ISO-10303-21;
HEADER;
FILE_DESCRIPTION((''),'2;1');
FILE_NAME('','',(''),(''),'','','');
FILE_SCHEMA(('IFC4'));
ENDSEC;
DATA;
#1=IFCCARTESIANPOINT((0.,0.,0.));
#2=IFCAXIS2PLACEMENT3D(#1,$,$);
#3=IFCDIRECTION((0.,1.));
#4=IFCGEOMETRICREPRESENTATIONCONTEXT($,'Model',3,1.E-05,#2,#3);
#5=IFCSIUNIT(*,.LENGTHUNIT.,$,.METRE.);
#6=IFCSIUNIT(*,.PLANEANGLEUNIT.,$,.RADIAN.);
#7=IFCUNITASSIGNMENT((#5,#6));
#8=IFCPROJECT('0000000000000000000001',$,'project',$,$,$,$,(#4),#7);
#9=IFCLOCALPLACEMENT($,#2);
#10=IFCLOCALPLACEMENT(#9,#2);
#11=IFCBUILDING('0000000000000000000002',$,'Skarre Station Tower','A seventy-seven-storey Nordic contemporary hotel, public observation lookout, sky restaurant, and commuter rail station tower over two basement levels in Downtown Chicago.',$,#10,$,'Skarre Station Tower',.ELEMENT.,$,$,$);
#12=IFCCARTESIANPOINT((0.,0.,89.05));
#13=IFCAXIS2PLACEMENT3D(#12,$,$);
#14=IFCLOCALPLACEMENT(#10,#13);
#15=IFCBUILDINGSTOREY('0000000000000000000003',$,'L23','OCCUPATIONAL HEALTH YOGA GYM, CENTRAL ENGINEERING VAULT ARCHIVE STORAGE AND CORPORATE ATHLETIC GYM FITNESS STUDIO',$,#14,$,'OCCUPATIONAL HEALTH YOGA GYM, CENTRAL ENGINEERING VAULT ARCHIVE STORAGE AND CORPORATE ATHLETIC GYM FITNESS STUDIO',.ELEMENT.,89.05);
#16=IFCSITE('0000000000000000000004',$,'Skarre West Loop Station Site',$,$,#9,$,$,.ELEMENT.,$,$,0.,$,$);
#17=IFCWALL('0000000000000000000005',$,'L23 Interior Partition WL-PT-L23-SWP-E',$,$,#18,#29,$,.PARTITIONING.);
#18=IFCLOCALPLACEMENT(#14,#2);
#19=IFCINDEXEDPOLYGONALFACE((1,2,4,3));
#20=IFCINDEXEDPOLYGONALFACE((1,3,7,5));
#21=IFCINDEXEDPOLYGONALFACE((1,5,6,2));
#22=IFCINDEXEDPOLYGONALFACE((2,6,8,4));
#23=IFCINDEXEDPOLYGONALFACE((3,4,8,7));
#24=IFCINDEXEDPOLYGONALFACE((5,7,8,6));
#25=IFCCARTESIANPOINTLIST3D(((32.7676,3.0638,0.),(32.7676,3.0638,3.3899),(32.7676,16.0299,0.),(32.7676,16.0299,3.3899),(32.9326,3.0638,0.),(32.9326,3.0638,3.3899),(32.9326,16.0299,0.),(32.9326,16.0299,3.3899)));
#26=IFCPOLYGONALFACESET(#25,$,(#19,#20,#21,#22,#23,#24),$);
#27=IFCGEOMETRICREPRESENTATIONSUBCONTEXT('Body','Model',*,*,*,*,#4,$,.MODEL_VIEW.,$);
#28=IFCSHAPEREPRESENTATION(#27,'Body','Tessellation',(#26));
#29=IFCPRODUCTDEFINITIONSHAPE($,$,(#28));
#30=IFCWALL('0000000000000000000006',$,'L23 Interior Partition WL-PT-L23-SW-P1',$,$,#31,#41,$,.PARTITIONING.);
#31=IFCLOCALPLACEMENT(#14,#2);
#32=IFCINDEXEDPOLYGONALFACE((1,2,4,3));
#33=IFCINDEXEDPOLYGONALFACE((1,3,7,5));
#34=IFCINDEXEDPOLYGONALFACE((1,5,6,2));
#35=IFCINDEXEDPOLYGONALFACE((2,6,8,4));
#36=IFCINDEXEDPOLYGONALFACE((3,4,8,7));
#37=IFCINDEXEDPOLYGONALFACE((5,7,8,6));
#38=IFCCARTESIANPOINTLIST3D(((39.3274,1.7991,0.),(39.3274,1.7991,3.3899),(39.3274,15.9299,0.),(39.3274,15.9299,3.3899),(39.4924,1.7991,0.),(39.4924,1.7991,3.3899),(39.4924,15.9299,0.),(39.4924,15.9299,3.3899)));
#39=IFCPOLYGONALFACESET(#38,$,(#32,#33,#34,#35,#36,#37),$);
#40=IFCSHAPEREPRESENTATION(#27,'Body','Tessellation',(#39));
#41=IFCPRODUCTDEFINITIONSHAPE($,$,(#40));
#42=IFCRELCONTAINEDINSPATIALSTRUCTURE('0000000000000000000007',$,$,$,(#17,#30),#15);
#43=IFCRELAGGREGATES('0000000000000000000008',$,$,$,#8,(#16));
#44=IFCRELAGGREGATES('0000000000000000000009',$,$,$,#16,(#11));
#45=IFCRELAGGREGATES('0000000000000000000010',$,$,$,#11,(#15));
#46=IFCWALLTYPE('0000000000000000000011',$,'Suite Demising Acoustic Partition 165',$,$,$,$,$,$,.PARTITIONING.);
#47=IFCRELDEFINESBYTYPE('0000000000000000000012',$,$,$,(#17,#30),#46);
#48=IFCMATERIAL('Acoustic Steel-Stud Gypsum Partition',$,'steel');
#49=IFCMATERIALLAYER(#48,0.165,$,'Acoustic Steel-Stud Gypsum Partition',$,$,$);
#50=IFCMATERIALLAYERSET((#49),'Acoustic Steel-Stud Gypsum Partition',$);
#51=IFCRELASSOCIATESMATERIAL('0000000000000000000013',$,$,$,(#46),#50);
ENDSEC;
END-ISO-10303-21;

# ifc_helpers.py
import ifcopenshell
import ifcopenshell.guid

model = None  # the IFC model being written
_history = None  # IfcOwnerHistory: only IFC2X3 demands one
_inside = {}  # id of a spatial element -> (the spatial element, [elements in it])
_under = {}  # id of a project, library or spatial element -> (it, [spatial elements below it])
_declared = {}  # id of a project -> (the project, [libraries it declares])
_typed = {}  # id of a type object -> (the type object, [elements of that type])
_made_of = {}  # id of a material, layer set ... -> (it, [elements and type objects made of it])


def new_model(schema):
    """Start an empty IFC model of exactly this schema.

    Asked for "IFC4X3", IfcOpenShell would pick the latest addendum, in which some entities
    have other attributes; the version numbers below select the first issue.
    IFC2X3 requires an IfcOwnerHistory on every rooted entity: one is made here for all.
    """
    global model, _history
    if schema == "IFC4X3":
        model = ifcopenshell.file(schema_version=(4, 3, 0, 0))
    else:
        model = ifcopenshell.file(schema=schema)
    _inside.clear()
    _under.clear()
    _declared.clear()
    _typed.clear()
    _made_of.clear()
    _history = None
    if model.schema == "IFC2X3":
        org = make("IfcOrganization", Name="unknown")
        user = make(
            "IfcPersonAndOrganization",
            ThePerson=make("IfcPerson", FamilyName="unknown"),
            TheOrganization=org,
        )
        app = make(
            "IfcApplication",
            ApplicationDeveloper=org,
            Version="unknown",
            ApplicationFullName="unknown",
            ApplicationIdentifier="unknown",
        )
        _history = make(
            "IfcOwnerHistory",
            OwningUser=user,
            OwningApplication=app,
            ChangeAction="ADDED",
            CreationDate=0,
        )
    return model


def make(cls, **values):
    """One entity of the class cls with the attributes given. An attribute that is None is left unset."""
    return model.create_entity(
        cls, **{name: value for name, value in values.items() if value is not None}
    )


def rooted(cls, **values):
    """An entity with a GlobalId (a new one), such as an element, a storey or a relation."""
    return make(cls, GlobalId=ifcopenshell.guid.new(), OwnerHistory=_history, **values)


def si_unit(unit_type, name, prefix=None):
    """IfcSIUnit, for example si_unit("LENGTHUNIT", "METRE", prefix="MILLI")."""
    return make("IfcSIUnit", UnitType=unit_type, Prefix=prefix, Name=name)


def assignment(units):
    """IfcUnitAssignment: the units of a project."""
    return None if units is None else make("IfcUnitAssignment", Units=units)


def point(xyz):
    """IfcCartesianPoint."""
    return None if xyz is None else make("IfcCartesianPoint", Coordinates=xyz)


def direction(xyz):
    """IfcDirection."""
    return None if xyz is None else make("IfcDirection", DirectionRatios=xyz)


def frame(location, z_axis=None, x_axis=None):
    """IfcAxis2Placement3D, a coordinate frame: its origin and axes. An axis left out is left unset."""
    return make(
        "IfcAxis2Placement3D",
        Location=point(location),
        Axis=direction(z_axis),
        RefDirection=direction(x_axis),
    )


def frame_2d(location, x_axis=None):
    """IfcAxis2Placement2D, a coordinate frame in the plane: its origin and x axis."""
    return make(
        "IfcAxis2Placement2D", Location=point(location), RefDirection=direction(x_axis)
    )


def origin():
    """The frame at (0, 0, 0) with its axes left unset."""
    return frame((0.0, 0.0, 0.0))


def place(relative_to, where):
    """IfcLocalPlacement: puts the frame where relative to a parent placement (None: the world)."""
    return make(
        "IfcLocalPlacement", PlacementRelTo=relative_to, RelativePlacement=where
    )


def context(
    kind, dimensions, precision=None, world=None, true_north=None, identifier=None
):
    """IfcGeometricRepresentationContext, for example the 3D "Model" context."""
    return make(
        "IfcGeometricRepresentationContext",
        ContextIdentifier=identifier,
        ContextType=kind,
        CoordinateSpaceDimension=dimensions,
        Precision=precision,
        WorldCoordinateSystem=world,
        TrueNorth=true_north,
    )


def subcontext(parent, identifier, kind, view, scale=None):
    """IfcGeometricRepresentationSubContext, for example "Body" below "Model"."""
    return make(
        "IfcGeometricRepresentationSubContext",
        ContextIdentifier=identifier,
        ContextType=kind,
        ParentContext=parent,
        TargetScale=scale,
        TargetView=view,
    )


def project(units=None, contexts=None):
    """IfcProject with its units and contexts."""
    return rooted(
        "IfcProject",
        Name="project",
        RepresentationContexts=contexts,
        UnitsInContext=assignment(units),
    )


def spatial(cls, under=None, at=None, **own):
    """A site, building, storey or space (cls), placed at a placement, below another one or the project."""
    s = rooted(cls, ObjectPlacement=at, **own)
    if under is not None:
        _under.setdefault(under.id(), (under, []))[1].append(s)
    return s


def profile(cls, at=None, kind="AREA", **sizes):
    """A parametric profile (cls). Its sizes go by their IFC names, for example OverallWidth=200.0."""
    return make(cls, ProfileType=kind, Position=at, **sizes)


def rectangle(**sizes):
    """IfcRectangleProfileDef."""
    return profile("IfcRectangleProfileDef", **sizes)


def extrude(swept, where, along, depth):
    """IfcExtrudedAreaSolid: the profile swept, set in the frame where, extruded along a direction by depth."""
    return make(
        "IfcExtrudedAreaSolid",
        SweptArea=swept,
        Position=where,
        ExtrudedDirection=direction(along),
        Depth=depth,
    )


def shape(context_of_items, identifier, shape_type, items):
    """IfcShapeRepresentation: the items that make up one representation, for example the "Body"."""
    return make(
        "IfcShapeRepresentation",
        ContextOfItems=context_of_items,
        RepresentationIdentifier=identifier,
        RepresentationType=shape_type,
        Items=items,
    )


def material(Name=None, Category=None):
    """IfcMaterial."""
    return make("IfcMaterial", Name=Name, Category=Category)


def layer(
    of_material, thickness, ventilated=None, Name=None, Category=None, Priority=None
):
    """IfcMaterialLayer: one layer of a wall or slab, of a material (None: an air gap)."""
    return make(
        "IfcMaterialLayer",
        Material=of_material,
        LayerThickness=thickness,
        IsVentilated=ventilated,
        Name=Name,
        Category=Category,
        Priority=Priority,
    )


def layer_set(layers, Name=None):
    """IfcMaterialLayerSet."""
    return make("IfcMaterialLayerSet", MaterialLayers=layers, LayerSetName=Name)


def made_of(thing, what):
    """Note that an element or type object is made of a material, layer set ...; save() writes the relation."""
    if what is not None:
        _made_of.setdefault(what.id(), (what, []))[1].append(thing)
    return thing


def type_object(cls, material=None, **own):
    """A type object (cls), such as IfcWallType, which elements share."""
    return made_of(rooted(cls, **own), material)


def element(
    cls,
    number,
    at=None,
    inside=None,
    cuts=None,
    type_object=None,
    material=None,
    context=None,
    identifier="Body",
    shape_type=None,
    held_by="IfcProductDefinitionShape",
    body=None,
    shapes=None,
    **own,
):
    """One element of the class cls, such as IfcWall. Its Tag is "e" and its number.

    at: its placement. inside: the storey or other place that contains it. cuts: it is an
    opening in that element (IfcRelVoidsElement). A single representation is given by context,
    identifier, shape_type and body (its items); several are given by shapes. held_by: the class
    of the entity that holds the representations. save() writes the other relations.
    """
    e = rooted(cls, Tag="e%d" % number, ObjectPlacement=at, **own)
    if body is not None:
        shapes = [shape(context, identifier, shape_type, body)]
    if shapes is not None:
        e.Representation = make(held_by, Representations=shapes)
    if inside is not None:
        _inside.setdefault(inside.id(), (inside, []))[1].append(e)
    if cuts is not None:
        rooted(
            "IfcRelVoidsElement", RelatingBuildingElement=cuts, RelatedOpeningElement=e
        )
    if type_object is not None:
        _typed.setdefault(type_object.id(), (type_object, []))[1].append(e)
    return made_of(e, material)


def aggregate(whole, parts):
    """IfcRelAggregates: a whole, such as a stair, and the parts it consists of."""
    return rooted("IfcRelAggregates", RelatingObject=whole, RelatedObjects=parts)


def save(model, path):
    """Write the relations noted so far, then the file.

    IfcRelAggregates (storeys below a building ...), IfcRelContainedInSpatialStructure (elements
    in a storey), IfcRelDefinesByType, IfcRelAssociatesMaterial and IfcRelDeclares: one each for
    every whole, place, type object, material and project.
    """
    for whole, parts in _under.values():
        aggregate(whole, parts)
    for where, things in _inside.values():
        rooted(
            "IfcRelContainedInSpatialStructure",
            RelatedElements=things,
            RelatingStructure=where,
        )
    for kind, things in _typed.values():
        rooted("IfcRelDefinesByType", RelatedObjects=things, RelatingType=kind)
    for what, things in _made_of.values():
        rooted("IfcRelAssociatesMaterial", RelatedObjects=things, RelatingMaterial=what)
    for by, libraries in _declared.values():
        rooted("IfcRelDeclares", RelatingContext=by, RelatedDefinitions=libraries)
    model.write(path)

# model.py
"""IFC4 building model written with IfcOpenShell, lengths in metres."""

from ifc_helpers import new_model, si_unit, direction, frame, frame_2d, origin, place, context, subcontext, project, spatial, rectangle, extrude, material, layer, layer_set, type_object, element, save


model = new_model("IFC4")

# Units and contexts
model_context = context("Model", 3, precision=1e-05, world=origin(), true_north=direction((0.0, 1.0)))
body_context = subcontext(model_context, "Body", "Model", "MODEL_VIEW")
ifc_project = project(units=[si_unit("LENGTHUNIT", "METRE"), si_unit("PLANEANGLEUNIT", "RADIAN")], contexts=[model_context])

# Site, building, storey
site_placement = place(None, origin())
site = spatial("IfcSite", under=ifc_project, at=site_placement, Name="Skarre West Loop Station Site", CompositionType="ELEMENT", RefElevation=0.0)
building_placement = place(site_placement, origin())
building = spatial("IfcBuilding", under=site, at=building_placement, Name="Skarre Station Tower", Description="A seventy-seven-storey Nordic contemporary hotel, public observation lookout, sky restaurant, and commuter rail station tower over two basement levels in Downtown Chicago.", LongName="Skarre Station Tower", CompositionType="ELEMENT")
storey_placement = place(building_placement, frame((0.0, 0.0, 89.05)))
storey = spatial("IfcBuildingStorey", under=building, at=storey_placement, Name="L23", Description="OCCUPATIONAL HEALTH YOGA GYM, CENTRAL ENGINEERING VAULT ARCHIVE STORAGE AND CORPORATE ATHLETIC GYM FITNESS STUDIO", LongName="OCCUPATIONAL HEALTH YOGA GYM, CENTRAL ENGINEERING VAULT ARCHIVE STORAGE AND CORPORATE ATHLETIC GYM FITNESS STUDIO", CompositionType="ELEMENT", Elevation=89.05)

# Walls
ifc_material_1 = material(Name="Acoustic Steel-Stud Gypsum Partition", Category="steel")
ifc_layer_1 = layer(ifc_material_1, 0.165, Name="Acoustic Steel-Stud Gypsum Partition")
ifc_layer_set_1 = layer_set([ifc_layer_1], Name="Acoustic Steel-Stud Gypsum Partition")
wall_type_1 = type_object("IfcWallType", Name="Suite Demising Acoustic Partition 165", PredefinedType="PARTITIONING", material=ifc_layer_set_1)
wall_1_placement = place(storey_placement, frame((32.8501, 3.064, 0.0), z_axis=(0.0, 0.0, 1.0), x_axis=(0.0, 1.0, 0.0)))
element("IfcWall", 1, at=wall_1_placement, inside=storey, type_object=wall_type_1, Name="L23 Interior Partition WL-PT-L23-SWP-E", PredefinedType="PARTITIONING", context=body_context, shape_type="SweptSolid", body=[
    extrude(rectangle(XDim=12.9661, YDim=0.165, at=frame_2d((6.4829, 0.0))), origin(), (0.0, 0.0, 1.0), 3.3899),
])
wall_2_placement = place(storey_placement, frame((39.4099, 1.7991, 0.0), z_axis=(0.0, 0.0, 1.0), x_axis=(0.0, 1.0, 0.0)))
element("IfcWall", 2, at=wall_2_placement, inside=storey, type_object=wall_type_1, Name="L23 Interior Partition WL-PT-L23-SW-P1", PredefinedType="PARTITIONING", context=body_context, shape_type="SweptSolid", body=[
    extrude(rectangle(XDim=14.1309, YDim=0.165, at=frame_2d((7.0654, 0.0))), origin(), (0.0, 0.0, 1.0), 3.3899),
])

save(model, "model.ifc")
